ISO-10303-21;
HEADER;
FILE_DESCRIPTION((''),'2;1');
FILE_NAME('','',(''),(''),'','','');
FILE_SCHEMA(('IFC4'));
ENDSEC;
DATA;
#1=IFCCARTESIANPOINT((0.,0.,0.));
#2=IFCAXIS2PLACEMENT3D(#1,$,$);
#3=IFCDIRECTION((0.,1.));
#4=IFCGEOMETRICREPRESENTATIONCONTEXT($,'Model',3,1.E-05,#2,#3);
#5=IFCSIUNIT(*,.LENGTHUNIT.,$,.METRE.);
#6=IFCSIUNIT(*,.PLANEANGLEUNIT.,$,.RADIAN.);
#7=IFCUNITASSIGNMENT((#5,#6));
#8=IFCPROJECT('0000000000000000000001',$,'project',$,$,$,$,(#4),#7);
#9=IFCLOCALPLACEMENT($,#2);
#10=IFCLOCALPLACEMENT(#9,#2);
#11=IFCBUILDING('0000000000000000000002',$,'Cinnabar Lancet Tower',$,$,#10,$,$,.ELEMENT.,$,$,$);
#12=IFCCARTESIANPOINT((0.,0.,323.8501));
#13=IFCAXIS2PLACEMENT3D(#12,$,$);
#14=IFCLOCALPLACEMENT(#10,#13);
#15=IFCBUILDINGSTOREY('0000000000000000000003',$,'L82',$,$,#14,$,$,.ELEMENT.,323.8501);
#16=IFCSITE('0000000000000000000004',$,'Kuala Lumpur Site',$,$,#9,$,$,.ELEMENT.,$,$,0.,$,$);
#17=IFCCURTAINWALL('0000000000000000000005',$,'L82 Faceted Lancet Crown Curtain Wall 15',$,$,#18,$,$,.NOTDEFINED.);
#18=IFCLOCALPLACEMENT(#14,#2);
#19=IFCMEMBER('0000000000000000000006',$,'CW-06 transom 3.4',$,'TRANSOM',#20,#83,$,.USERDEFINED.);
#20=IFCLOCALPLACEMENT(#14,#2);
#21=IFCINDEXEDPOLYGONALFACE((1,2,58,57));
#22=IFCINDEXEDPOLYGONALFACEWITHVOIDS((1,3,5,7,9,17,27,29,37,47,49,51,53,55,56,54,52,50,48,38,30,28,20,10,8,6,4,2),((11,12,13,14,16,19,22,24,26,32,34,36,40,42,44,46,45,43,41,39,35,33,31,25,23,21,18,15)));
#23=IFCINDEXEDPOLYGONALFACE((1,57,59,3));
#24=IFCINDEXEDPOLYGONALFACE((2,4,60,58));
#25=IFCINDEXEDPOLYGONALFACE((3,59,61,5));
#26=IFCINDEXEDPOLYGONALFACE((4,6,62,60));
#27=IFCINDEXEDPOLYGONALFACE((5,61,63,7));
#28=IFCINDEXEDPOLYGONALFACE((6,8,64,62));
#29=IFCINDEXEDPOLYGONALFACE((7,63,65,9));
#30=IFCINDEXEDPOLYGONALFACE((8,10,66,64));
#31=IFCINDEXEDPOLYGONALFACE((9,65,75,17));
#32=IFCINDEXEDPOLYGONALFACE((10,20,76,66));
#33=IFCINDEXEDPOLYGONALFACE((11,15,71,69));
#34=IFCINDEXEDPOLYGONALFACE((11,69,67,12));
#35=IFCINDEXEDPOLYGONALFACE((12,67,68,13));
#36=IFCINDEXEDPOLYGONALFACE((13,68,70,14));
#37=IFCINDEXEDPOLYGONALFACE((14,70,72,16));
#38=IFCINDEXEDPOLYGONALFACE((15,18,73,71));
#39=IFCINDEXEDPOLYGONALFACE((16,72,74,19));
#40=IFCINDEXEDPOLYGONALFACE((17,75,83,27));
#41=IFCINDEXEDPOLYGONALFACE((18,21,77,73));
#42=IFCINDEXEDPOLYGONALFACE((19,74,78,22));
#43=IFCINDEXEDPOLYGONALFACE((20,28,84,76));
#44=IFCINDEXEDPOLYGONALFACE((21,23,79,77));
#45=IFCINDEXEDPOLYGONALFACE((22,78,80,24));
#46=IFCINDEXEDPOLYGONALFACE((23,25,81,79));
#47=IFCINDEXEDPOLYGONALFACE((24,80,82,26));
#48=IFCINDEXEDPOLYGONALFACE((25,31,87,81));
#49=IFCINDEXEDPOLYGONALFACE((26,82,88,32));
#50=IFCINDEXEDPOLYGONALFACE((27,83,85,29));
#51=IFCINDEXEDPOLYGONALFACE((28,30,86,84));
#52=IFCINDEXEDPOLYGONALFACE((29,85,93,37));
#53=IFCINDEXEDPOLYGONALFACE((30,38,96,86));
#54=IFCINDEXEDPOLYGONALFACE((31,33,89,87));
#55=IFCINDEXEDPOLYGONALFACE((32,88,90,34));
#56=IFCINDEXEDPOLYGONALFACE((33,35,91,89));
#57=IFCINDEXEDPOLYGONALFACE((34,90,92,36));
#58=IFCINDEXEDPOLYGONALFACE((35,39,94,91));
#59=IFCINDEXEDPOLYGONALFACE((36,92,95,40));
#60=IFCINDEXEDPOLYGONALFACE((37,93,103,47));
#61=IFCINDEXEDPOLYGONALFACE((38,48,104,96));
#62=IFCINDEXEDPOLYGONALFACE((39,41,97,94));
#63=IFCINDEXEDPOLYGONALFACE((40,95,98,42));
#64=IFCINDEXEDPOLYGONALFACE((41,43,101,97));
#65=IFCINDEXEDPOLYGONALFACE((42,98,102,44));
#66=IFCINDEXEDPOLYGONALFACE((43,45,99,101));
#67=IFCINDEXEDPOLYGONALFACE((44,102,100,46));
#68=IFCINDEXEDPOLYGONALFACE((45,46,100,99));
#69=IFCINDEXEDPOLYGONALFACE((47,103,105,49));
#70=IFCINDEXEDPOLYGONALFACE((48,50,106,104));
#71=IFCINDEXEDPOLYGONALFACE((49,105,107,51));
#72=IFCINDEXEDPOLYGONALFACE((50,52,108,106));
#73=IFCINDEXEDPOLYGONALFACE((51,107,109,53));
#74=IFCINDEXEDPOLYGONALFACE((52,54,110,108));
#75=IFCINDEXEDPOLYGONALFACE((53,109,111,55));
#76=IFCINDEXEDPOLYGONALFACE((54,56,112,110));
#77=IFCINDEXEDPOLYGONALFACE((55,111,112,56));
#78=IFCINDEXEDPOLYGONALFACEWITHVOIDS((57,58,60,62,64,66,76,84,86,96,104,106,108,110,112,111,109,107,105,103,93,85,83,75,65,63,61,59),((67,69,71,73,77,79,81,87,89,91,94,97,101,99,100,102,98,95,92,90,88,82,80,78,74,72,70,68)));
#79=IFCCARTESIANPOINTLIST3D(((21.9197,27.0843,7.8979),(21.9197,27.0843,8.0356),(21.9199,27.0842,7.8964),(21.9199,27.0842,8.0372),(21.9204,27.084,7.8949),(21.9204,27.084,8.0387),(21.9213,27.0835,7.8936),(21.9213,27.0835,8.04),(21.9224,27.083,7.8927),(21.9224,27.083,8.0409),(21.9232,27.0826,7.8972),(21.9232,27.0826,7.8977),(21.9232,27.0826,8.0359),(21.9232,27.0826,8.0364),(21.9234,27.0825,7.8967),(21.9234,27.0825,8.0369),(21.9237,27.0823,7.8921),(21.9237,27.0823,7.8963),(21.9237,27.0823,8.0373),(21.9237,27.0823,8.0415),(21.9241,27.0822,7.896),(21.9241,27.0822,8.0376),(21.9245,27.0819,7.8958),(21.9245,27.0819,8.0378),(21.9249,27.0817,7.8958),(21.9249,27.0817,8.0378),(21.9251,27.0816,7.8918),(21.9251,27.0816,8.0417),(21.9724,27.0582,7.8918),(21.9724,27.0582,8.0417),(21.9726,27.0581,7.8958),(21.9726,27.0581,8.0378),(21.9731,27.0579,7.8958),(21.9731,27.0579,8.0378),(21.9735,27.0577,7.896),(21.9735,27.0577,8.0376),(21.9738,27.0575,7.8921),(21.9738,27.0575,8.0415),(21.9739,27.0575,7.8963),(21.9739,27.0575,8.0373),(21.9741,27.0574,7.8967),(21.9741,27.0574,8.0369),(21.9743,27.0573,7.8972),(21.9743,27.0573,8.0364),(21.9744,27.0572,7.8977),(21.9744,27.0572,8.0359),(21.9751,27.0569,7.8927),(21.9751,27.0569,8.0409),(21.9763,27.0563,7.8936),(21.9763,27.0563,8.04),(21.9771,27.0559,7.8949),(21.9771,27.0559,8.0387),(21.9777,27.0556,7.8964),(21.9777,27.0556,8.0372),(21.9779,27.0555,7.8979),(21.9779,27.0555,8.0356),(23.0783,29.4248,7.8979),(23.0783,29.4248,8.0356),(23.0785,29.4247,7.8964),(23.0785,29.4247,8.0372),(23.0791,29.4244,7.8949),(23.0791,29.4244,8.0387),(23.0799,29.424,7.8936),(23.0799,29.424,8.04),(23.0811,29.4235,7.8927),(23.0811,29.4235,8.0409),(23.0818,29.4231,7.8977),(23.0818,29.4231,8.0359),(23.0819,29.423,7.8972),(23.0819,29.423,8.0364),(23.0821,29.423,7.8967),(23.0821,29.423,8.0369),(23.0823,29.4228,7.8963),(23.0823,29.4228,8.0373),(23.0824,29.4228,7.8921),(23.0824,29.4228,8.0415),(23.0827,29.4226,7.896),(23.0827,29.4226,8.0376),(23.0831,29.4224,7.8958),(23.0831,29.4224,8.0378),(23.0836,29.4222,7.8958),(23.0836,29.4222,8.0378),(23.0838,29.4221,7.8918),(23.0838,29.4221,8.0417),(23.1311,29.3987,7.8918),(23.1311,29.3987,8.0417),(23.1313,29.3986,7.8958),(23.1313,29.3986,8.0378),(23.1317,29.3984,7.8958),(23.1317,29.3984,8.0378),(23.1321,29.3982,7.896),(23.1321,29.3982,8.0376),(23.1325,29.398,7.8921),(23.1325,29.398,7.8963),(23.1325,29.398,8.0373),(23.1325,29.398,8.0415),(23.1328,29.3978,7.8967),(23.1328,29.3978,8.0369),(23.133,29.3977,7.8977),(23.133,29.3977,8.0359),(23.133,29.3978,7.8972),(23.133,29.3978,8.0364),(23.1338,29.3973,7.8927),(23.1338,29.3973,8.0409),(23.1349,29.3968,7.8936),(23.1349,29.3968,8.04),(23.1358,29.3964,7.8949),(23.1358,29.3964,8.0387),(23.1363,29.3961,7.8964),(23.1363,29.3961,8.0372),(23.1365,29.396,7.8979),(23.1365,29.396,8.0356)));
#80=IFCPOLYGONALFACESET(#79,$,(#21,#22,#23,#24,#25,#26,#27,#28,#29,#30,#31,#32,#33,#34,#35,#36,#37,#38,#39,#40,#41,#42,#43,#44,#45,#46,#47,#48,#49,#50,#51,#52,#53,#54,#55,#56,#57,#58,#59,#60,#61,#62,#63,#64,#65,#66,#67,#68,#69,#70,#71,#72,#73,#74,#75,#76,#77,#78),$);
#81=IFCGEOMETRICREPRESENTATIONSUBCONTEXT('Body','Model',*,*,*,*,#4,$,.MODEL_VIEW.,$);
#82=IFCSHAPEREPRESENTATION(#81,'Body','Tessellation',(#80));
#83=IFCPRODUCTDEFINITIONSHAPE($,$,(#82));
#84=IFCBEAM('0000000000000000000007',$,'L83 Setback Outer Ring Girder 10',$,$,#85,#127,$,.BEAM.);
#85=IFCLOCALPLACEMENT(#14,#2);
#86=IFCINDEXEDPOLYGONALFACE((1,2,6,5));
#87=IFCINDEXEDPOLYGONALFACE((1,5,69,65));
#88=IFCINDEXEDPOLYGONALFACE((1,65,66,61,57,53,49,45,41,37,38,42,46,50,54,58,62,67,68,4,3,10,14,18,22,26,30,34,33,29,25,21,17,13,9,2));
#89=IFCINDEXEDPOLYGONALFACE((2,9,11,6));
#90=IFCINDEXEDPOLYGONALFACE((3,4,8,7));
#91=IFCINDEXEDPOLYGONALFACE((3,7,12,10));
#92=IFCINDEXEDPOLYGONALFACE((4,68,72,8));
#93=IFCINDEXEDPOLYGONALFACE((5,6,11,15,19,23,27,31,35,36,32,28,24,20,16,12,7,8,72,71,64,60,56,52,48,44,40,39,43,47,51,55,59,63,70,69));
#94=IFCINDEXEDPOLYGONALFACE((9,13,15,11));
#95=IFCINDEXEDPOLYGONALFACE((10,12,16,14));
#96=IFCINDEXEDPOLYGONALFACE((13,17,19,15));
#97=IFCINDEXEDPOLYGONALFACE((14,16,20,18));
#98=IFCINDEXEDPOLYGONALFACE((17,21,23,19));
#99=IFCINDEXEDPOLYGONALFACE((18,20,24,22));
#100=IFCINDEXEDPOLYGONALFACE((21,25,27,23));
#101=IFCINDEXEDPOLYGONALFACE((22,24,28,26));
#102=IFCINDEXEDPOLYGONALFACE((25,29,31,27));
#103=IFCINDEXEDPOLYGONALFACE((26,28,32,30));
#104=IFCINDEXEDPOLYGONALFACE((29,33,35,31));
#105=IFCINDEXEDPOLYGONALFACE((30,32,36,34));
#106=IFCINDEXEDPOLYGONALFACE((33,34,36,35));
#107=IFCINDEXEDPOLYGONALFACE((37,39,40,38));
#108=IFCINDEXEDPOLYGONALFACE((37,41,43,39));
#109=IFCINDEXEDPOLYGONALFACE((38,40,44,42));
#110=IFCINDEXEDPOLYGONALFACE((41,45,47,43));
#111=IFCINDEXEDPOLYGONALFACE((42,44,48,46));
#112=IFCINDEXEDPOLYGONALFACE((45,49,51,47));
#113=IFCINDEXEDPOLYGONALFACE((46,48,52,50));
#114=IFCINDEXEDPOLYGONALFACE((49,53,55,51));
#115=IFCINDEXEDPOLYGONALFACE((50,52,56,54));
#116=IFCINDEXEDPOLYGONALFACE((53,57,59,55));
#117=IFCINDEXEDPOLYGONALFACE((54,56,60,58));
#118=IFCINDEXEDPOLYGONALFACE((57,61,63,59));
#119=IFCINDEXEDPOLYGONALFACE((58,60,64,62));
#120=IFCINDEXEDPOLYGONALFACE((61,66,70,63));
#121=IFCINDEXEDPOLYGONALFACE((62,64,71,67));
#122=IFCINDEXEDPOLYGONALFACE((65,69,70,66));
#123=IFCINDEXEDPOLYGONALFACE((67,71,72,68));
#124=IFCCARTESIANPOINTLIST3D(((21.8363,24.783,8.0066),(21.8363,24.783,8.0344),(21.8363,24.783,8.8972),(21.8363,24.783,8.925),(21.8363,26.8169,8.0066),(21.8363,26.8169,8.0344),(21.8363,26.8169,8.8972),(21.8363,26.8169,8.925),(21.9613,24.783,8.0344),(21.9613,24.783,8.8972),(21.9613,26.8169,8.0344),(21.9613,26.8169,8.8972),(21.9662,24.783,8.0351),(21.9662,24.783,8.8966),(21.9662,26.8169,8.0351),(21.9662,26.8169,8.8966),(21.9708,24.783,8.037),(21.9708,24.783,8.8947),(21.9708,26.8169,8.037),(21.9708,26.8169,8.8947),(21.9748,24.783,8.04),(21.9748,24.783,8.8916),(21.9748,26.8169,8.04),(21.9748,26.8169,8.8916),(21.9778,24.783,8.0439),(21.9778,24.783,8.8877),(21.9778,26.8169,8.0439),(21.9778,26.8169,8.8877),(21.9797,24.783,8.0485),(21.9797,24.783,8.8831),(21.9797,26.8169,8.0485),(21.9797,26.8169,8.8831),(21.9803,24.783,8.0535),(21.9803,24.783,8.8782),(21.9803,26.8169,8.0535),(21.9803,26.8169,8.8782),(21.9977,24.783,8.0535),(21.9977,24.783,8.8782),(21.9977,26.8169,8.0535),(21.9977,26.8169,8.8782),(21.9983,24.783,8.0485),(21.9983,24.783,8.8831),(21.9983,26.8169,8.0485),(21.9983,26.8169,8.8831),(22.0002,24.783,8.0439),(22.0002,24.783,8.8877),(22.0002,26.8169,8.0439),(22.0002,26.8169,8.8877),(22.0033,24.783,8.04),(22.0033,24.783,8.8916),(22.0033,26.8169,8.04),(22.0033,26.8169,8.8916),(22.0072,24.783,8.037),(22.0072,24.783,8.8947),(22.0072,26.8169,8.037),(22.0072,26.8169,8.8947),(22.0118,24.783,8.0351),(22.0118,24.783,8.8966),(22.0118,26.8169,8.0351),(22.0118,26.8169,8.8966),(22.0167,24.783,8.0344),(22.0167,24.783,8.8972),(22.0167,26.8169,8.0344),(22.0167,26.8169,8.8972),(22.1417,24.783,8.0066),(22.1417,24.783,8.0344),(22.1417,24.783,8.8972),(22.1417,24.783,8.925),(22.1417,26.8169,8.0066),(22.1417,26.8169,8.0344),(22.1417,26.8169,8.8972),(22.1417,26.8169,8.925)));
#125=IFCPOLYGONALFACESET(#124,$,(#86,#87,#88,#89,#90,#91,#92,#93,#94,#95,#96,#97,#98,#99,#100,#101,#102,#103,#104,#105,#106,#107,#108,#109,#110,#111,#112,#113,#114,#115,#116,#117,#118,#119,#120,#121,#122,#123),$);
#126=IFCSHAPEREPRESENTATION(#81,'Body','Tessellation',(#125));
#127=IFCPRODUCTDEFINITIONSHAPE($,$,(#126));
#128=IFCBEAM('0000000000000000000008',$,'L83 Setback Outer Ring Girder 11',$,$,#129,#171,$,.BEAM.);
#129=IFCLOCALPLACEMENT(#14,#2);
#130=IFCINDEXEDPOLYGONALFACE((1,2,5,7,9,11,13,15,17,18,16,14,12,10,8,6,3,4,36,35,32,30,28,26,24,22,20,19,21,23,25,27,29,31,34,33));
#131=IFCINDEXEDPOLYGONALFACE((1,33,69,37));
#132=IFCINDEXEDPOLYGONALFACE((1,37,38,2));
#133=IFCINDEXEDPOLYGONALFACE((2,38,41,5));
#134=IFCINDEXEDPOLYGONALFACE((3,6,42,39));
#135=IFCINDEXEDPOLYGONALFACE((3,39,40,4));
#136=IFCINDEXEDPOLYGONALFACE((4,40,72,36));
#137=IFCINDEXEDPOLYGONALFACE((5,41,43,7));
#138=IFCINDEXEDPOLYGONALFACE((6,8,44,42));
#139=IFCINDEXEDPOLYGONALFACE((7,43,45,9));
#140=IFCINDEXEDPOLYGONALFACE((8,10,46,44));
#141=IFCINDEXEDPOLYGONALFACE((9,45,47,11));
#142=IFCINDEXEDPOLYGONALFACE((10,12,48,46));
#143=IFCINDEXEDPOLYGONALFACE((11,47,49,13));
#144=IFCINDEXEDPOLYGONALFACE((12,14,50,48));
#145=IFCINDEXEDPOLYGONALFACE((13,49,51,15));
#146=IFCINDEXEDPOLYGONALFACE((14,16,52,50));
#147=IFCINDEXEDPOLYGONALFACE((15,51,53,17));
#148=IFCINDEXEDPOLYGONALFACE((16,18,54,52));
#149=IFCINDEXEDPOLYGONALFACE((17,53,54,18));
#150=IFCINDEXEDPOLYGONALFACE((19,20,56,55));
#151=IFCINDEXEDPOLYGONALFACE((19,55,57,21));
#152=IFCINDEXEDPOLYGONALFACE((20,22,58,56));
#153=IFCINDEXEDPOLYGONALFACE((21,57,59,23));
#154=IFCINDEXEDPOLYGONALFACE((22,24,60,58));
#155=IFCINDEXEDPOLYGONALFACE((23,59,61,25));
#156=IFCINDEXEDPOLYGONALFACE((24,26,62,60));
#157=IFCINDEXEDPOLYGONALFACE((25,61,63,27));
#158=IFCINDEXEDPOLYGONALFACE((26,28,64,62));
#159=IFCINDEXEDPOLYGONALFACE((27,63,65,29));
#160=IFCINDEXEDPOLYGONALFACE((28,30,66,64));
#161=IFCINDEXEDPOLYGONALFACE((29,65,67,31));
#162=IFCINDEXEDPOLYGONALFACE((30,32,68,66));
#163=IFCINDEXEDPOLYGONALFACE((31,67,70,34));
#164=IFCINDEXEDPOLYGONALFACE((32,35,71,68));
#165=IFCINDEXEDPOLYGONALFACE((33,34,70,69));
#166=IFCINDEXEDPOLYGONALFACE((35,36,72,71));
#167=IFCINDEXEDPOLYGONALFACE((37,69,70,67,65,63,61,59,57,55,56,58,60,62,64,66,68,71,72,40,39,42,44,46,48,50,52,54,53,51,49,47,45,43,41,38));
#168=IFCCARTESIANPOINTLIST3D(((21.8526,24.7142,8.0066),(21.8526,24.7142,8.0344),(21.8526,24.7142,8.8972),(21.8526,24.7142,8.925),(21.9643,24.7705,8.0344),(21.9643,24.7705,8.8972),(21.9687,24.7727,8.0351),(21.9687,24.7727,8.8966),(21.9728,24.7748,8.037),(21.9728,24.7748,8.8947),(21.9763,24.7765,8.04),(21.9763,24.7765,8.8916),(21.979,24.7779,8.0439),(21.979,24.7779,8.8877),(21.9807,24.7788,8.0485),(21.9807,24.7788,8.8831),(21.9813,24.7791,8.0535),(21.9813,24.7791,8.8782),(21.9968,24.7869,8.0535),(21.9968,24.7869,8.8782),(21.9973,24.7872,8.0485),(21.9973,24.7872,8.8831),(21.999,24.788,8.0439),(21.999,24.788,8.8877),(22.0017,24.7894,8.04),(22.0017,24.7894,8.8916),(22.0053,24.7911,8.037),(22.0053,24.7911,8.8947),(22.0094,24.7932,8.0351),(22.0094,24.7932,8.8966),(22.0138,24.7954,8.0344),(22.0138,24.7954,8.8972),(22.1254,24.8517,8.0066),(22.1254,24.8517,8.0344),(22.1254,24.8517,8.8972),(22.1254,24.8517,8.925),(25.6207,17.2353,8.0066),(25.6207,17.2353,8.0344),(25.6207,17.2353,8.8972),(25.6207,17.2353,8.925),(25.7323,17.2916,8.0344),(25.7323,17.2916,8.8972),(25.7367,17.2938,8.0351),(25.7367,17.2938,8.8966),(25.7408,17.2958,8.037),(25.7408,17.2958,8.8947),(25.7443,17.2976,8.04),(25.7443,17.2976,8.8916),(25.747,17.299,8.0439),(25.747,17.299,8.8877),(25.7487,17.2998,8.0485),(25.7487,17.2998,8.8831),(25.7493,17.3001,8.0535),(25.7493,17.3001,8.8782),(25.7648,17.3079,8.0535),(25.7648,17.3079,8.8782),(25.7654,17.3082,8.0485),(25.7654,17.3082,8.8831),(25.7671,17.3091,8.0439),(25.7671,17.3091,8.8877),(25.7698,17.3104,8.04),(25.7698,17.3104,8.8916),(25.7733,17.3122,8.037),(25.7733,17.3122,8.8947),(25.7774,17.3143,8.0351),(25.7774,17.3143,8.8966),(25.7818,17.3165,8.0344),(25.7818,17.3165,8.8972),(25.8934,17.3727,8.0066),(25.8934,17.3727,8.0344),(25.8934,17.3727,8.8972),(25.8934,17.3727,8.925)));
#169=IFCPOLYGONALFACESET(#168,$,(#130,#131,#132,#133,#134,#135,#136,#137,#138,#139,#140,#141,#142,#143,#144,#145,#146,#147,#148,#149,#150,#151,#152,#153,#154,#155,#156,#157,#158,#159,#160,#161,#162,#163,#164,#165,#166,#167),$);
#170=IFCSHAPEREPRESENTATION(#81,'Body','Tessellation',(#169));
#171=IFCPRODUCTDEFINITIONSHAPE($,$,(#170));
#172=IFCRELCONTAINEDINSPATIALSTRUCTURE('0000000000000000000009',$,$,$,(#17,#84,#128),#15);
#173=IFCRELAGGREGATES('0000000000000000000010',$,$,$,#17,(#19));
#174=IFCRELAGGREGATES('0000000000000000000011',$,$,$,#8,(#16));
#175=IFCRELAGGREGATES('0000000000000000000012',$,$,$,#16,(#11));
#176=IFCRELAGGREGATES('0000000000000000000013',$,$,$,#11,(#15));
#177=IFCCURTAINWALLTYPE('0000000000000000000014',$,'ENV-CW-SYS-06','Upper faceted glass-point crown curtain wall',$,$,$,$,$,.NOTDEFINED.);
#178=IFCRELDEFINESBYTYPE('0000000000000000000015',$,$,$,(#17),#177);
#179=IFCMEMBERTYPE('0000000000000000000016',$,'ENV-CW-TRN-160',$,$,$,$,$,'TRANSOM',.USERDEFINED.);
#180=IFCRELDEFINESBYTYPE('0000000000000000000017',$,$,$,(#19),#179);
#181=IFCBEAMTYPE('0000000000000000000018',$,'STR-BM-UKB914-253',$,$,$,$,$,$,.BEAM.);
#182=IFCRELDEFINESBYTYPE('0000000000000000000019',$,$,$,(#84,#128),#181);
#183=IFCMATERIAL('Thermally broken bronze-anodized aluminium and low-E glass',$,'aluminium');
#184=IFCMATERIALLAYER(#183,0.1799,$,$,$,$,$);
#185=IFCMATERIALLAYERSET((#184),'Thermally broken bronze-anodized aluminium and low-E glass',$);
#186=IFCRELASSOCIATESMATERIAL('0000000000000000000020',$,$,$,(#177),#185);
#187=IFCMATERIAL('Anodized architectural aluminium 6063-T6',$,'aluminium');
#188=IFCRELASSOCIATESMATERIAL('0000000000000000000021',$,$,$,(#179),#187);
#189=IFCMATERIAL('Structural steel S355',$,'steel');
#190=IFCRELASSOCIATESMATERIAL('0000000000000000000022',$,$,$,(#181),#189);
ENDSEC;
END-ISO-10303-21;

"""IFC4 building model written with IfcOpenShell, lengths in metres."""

from ifc_helpers import new_model, si_unit, direction, frame, origin, origin_2d, place, context, subcontext, project, spatial, hollow_rectangle, i_section, extrude, material, layer, layer_set, material_profile, profile_set, type_object, element, aggregate, save


model = new_model("IFC4")

# Units and contexts
model_context = context("Model", 3, precision=1e-05, world=origin(), true_north=direction((0.0, 1.0)))
body_context = subcontext(model_context, "Body", "Model", "MODEL_VIEW")
ifc_project = project(units=[si_unit("LENGTHUNIT", "METRE"), si_unit("PLANEANGLEUNIT", "RADIAN")], contexts=[model_context])

# Site, building, storey
site_placement = place(None, origin())
site = spatial("IfcSite", under=ifc_project, at=site_placement, Name="Kuala Lumpur Site", CompositionType="ELEMENT", RefElevation=0.0)
building_placement = place(site_placement, origin())
building = spatial("IfcBuilding", under=site, at=building_placement, Name="Cinnabar Lancet Tower", CompositionType="ELEMENT")
storey_placement = place(building_placement, frame((0.0, 0.0, 323.8501)))
storey = spatial("IfcBuildingStorey", under=building, at=storey_placement, Name="L82", CompositionType="ELEMENT", Elevation=323.8501)

# Curtain wall, member
ifc_material_1 = material(Name="Thermally broken bronze-anodized aluminium and low-E glass", Category="aluminium")
ifc_layer_1 = layer(ifc_material_1, 0.1799)
ifc_layer_set_1 = layer_set([ifc_layer_1], Name="Thermally broken bronze-anodized aluminium and low-E glass")
curtain_wall_type = type_object("IfcCurtainWallType", Name="ENV-CW-SYS-06", Description="Upper faceted glass-point crown curtain wall", PredefinedType="NOTDEFINED", material=ifc_layer_set_1)
curtain_wall_placement = place(storey_placement, origin())
curtain_wall = element("IfcCurtainWall", 1, at=curtain_wall_placement, inside=storey, type_object=curtain_wall_type, Name="L82 Faceted Lancet Crown Curtain Wall 15", PredefinedType="NOTDEFINED")
ifc_material_2 = material(Name="Anodized architectural aluminium 6063-T6", Category="aluminium")
ifc_material_profile_1 = material_profile(ifc_material_2, hollow_rectangle(XDim=0.0649, YDim=0.1499, WallThickness=0.0039, InnerFilletRadius=0.002, OuterFilletRadius=0.0061, at=origin_2d()), Name="CW-TRN 150x65x4")
ifc_profile_set_1 = profile_set([ifc_material_profile_1], Name="Anodized architectural aluminium 6063-T6")
member_type_1 = type_object("IfcMemberType", Name="ENV-CW-TRN-160", ElementType="TRANSOM", PredefinedType="USERDEFINED", material=ifc_profile_set_1)
member_1_placement = place(storey_placement, frame((23.1074, 29.4104, 7.9668), z_axis=(-0.443658, -0.896196, 0.0), x_axis=(0.896196, -0.443658, 0.0)))
member_1 = element("IfcMember", 2, at=member_1_placement, type_object=member_type_1, Name="CW-06 transom 3.4", ObjectType="TRANSOM", PredefinedType="USERDEFINED", context=body_context, shape_type="SweptSolid", body=[
    extrude(hollow_rectangle(XDim=0.0649, YDim=0.1499, WallThickness=0.0039, InnerFilletRadius=0.002, OuterFilletRadius=0.0061, at=origin_2d()), origin(), (0.0, 0.0, 1.0), 2.6116),
])

# Beams
ifc_material_3 = material(Name="Structural steel S355", Category="steel")
ifc_material_profile_2 = material_profile(ifc_material_3, i_section(OverallWidth=0.3054, OverallDepth=0.9185, WebThickness=0.0173, FlangeThickness=0.0278, FilletRadius=0.019, at=origin_2d()), Name="UKB 914x305x253")
ifc_profile_set_2 = profile_set([ifc_material_profile_2], Name="Structural steel S355")
beam_type = type_object("IfcBeamType", Name="STR-BM-UKB914-253", PredefinedType="BEAM", material=ifc_profile_set_2)
beam_1_placement = place(storey_placement, frame((21.989, 26.8169, 8.4658), z_axis=(0.0, -1.0, 0.0), x_axis=(1.0, 0.0, 0.0)))
element("IfcBeam", 3, at=beam_1_placement, inside=storey, type_object=beam_type, Name="L83 Setback Outer Ring Girder 10", PredefinedType="BEAM", context=body_context, shape_type="SweptSolid", body=[
    extrude(i_section(OverallWidth=0.3054, OverallDepth=0.9185, WebThickness=0.0173, FlangeThickness=0.0278, FilletRadius=0.019, at=origin_2d()), origin(), (0.0, 0.0, 1.0), 2.0339),
])
beam_2_placement = place(storey_placement, frame((21.989, 24.783, 8.4658), z_axis=(0.44994, -0.893059, 0.0), x_axis=(0.893059, 0.44994, 0.0)))
element("IfcBeam", 4, at=beam_2_placement, inside=storey, type_object=beam_type, Name="L83 Setback Outer Ring Girder 11", PredefinedType="BEAM", context=body_context, shape_type="SweptSolid", body=[
    extrude(i_section(OverallWidth=0.3054, OverallDepth=0.9185, WebThickness=0.0173, FlangeThickness=0.0278, FilletRadius=0.019, at=origin_2d()), origin(), (0.0, 0.0, 1.0), 8.3745),
])

aggregate(curtain_wall, [member_1])

save(model, "model.ifc")
